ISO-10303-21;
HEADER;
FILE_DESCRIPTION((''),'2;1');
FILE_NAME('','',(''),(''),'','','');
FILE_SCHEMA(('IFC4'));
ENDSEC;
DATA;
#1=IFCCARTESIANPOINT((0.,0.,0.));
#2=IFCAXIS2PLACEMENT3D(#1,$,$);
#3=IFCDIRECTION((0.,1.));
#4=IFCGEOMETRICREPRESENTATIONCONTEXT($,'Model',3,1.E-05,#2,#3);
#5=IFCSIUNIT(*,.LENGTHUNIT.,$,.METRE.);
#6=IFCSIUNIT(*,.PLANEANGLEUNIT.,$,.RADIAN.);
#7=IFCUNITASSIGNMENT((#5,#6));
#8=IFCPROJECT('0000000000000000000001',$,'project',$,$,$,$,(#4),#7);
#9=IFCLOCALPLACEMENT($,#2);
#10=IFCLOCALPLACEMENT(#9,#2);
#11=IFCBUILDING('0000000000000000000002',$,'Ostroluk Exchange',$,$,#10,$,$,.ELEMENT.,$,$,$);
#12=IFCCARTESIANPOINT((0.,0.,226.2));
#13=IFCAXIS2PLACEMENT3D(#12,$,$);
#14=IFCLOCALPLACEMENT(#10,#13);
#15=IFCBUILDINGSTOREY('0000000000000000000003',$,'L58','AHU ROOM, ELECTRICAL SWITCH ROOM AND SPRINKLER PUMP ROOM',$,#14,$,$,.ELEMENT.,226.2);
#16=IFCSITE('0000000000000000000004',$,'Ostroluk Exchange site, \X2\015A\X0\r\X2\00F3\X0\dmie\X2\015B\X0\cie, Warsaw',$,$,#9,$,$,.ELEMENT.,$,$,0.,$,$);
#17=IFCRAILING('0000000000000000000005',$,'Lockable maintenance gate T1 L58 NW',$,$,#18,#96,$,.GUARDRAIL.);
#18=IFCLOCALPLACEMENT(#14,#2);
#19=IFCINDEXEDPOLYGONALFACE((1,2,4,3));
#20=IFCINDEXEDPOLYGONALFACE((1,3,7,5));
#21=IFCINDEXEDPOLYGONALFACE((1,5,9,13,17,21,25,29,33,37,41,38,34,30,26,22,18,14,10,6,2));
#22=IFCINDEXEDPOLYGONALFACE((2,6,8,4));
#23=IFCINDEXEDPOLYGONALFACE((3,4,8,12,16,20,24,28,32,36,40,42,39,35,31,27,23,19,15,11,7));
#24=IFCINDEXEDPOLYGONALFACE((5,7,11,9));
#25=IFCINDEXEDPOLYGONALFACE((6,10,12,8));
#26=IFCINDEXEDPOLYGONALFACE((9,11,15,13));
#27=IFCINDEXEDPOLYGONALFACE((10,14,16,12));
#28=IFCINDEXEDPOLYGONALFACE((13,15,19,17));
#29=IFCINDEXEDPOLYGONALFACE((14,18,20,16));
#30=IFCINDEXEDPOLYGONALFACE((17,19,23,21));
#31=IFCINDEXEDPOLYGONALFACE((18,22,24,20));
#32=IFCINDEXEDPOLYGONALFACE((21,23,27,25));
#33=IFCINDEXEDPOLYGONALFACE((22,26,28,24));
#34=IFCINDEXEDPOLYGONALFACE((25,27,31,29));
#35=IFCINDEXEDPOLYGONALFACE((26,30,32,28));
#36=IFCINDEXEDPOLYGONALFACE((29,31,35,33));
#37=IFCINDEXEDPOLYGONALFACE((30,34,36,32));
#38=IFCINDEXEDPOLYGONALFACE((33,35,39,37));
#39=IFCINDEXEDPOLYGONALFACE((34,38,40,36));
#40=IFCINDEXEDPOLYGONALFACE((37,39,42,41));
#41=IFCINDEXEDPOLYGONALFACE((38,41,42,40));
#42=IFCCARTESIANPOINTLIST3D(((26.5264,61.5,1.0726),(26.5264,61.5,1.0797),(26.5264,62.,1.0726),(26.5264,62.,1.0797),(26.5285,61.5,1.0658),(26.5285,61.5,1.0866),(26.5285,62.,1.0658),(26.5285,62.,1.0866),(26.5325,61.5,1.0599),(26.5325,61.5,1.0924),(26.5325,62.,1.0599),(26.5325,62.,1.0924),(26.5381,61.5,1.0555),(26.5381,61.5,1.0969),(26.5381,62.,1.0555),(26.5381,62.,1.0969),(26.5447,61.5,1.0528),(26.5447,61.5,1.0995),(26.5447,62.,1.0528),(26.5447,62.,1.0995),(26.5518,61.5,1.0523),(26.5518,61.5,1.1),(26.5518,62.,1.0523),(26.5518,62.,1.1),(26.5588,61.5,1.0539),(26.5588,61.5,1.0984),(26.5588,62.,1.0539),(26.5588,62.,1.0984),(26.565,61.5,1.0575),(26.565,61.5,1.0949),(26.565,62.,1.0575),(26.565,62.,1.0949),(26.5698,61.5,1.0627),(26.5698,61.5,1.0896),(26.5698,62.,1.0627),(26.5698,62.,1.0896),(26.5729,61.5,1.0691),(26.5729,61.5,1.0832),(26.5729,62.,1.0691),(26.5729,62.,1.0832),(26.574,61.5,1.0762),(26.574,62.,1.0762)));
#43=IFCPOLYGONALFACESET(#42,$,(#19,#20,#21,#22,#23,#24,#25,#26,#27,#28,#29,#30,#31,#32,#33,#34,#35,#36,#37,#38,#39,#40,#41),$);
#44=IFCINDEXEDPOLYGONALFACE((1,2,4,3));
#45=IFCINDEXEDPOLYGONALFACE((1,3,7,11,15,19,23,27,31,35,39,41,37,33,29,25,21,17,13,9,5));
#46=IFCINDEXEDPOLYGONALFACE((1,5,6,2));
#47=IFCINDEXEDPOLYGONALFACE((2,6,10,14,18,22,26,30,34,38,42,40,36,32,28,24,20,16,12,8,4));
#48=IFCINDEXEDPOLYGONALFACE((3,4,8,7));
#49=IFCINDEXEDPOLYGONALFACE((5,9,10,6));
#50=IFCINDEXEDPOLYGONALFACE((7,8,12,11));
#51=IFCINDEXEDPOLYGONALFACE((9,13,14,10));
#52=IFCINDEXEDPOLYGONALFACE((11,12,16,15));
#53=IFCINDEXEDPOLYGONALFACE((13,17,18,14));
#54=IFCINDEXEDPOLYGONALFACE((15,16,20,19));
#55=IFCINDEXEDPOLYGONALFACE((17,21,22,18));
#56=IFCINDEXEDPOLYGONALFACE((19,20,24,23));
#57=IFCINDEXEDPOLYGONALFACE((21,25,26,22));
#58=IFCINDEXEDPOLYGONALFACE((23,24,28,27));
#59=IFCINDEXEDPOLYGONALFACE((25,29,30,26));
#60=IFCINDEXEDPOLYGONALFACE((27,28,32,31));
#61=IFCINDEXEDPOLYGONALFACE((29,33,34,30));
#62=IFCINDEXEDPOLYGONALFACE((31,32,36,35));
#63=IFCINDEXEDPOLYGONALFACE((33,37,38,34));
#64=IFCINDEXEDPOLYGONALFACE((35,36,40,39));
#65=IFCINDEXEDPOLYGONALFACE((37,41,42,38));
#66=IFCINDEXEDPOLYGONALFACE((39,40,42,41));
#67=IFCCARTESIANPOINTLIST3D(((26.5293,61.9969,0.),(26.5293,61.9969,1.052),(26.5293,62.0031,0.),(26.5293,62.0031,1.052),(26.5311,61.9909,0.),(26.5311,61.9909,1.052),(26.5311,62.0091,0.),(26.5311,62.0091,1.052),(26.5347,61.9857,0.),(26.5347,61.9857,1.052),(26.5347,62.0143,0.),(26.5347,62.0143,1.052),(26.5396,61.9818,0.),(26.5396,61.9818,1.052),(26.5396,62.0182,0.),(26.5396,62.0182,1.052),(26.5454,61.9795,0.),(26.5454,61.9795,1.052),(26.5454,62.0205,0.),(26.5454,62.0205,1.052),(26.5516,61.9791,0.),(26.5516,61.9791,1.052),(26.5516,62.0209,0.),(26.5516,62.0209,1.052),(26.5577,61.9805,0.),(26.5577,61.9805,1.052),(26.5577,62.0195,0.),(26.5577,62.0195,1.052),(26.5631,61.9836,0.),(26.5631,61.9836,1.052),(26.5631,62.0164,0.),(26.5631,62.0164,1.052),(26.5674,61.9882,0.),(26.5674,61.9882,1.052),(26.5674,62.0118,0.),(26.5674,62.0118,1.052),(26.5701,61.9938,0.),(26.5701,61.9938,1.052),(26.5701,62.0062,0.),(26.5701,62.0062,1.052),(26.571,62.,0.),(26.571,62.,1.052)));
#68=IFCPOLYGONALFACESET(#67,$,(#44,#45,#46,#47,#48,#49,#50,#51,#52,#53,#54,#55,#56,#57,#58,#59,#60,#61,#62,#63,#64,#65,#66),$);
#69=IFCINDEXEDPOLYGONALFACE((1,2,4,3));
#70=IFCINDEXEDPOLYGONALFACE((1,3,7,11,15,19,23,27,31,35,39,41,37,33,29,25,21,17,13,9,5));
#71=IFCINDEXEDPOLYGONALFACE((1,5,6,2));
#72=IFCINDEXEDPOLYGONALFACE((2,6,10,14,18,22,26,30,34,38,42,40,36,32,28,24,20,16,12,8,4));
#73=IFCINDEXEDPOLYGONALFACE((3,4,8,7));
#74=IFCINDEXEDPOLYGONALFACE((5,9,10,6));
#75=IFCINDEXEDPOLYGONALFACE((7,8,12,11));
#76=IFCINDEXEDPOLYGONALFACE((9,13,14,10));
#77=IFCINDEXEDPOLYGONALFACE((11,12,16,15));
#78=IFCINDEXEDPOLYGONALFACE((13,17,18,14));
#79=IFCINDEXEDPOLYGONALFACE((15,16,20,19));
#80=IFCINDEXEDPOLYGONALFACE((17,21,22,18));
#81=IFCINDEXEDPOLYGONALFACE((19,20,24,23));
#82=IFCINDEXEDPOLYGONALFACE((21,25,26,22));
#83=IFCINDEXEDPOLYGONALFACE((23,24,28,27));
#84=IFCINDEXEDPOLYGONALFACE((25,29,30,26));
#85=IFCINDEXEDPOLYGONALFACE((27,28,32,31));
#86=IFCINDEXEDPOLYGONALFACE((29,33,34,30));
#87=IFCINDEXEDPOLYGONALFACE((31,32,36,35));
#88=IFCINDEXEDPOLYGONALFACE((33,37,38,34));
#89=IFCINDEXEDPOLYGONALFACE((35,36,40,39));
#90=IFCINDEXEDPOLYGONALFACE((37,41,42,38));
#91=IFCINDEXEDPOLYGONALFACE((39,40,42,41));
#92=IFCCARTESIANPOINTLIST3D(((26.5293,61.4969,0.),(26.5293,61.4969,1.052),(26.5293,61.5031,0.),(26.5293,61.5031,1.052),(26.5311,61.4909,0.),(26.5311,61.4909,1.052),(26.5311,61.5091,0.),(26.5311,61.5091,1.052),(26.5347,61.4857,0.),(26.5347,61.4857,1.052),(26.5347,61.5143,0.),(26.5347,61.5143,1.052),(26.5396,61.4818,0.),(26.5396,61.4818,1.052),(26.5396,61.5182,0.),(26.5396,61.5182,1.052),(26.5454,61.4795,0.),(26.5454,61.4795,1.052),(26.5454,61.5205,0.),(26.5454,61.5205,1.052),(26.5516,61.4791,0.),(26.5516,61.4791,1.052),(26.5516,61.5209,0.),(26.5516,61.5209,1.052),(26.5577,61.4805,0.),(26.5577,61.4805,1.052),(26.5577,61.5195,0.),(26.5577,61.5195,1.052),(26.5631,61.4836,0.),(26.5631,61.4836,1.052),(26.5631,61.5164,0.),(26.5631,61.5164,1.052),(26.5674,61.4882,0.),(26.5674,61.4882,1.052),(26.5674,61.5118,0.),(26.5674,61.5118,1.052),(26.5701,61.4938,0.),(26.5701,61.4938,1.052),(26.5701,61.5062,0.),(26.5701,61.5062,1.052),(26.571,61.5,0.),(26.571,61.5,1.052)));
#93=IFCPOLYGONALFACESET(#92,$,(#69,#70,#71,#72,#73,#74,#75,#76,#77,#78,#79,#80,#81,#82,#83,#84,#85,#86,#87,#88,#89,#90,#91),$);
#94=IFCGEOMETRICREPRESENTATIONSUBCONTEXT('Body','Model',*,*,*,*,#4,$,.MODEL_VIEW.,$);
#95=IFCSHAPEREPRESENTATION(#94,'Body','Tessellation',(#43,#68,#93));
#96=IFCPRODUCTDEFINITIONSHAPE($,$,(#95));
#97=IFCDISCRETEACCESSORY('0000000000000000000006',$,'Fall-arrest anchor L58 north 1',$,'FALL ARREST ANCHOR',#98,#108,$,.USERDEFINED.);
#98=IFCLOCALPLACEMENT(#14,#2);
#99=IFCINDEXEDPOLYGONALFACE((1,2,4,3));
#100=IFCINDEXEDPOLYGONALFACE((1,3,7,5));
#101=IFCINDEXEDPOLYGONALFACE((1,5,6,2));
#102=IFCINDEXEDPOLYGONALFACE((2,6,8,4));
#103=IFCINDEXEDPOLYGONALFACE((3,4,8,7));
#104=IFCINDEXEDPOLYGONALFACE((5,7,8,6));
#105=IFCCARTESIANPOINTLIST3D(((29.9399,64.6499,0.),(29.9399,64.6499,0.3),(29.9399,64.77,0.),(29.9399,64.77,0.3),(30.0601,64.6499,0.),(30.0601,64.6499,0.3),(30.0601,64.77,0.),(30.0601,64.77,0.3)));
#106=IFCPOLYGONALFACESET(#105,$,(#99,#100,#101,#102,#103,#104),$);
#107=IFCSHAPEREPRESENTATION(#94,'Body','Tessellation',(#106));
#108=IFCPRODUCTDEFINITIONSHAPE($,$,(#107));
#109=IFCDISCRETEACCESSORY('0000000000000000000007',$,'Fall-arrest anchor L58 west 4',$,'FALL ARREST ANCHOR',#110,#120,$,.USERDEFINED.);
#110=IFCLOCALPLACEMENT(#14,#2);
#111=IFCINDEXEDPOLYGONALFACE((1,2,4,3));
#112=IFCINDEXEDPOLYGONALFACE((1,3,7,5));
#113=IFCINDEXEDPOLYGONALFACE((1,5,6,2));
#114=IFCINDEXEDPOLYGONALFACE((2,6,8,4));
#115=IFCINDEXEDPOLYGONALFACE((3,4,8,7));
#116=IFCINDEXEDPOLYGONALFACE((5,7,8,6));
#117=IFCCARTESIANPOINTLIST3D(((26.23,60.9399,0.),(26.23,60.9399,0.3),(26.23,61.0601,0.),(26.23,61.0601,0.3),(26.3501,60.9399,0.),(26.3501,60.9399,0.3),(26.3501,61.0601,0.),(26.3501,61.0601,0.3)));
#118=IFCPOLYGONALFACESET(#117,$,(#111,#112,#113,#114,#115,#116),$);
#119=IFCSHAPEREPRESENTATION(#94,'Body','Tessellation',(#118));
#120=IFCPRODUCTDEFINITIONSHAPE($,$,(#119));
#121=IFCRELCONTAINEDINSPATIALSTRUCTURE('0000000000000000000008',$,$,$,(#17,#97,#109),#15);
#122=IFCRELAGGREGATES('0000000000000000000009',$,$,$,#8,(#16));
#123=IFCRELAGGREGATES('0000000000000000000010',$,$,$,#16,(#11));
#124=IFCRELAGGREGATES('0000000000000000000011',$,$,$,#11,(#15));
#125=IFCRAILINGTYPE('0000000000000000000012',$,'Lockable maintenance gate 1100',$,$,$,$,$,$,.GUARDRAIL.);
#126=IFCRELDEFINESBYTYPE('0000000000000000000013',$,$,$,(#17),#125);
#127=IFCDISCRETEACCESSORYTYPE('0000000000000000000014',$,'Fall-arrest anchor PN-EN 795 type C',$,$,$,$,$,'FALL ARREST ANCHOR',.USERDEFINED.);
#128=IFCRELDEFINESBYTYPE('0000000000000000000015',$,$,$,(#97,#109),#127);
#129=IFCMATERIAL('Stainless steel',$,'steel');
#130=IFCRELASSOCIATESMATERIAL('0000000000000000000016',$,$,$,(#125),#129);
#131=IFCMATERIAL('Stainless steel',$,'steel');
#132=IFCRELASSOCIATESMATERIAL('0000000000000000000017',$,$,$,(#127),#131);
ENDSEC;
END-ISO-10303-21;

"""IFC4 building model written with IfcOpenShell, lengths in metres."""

from ifc_helpers import new_model, si_unit, direction, frame, origin, origin_2d, place, context, subcontext, project, spatial, rectangle, circle, extrude, material, type_object, element, save


model = new_model("IFC4")

# Units and contexts
model_context = context("Model", 3, precision=1e-05, world=origin(), true_north=direction((0.0, 1.0)))
body_context = subcontext(model_context, "Body", "Model", "MODEL_VIEW")
ifc_project = project(units=[si_unit("LENGTHUNIT", "METRE"), si_unit("PLANEANGLEUNIT", "RADIAN")], contexts=[model_context])

# Site, building, storey
site_placement = place(None, origin())
site = spatial("IfcSite", under=ifc_project, at=site_placement, Name="Ostroluk Exchange site, Śródmieście, Warsaw", CompositionType="ELEMENT", RefElevation=0.0)
building_placement = place(site_placement, origin())
building = spatial("IfcBuilding", under=site, at=building_placement, Name="Ostroluk Exchange", CompositionType="ELEMENT")
storey_placement = place(building_placement, frame((0.0, 0.0, 226.2)))
storey = spatial("IfcBuildingStorey", under=building, at=storey_placement, Name="L58", Description="AHU ROOM, ELECTRICAL SWITCH ROOM AND SPRINKLER PUMP ROOM", CompositionType="ELEMENT", Elevation=226.2)

# Railing
ifc_material_1 = material(Name="Stainless steel", Category="steel")
railing_type_1 = type_object("IfcRailingType", Name="Lockable maintenance gate 1100", PredefinedType="GUARDRAIL", material=ifc_material_1)
railing_1_placement = place(storey_placement, frame((26.55, 62.0, 0.0)))
element("IfcRailing", 1, at=railing_1_placement, inside=storey, type_object=railing_type_1, Name="Lockable maintenance gate T1 L58 NW", PredefinedType="GUARDRAIL", context=body_context, shape_type="SweptSolid", body=[
    extrude(circle(Radius=0.0239, at=origin_2d()), frame((0.0, 0.0, 1.0762), z_axis=(0.0, -1.0, 0.0), x_axis=(1.0, 0.0, 0.0)), (0.0, 0.0, 1.0), 0.5),
    extrude(circle(Radius=0.021, at=origin_2d()), origin(), (0.0, 0.0, 1.0), 1.052),
    extrude(circle(Radius=0.021, at=origin_2d()), frame((0.0, -0.5, 0.0)), (0.0, 0.0, 1.0), 1.052),
])

# Discrete accessories
ifc_material_2 = material(Name="Stainless steel", Category="steel")
discrete_accessory_type = type_object("IfcDiscreteAccessoryType", Name="Fall-arrest anchor PN-EN 795 type C", ElementType="FALL ARREST ANCHOR", PredefinedType="USERDEFINED", material=ifc_material_2)
for number, where, z_axis, x_axis, name in (
    (2, (30.0, 64.71, 0.0), (0.0, 0.0, 1.0), (1.0, 0.0, 0.0), "Fall-arrest anchor L58 north 1"),
    (3, (26.29, 61.0, 0.0), (0.0, 0.0, 1.0), (1.0, 0.0, 0.0), "Fall-arrest anchor L58 west 4"),
):
    element("IfcDiscreteAccessory", number, at=place(storey_placement, frame(where, z_axis=z_axis, x_axis=x_axis)), inside=storey, type_object=discrete_accessory_type, Name=name, ObjectType="FALL ARREST ANCHOR", PredefinedType="USERDEFINED", context=body_context, shape_type="SweptSolid", body=[
        extrude(rectangle(XDim=0.1201, YDim=0.1201, at=origin_2d()), origin(), (0.0, 0.0, 1.0), 0.3),
    ])

save(model, "model.ifc")
